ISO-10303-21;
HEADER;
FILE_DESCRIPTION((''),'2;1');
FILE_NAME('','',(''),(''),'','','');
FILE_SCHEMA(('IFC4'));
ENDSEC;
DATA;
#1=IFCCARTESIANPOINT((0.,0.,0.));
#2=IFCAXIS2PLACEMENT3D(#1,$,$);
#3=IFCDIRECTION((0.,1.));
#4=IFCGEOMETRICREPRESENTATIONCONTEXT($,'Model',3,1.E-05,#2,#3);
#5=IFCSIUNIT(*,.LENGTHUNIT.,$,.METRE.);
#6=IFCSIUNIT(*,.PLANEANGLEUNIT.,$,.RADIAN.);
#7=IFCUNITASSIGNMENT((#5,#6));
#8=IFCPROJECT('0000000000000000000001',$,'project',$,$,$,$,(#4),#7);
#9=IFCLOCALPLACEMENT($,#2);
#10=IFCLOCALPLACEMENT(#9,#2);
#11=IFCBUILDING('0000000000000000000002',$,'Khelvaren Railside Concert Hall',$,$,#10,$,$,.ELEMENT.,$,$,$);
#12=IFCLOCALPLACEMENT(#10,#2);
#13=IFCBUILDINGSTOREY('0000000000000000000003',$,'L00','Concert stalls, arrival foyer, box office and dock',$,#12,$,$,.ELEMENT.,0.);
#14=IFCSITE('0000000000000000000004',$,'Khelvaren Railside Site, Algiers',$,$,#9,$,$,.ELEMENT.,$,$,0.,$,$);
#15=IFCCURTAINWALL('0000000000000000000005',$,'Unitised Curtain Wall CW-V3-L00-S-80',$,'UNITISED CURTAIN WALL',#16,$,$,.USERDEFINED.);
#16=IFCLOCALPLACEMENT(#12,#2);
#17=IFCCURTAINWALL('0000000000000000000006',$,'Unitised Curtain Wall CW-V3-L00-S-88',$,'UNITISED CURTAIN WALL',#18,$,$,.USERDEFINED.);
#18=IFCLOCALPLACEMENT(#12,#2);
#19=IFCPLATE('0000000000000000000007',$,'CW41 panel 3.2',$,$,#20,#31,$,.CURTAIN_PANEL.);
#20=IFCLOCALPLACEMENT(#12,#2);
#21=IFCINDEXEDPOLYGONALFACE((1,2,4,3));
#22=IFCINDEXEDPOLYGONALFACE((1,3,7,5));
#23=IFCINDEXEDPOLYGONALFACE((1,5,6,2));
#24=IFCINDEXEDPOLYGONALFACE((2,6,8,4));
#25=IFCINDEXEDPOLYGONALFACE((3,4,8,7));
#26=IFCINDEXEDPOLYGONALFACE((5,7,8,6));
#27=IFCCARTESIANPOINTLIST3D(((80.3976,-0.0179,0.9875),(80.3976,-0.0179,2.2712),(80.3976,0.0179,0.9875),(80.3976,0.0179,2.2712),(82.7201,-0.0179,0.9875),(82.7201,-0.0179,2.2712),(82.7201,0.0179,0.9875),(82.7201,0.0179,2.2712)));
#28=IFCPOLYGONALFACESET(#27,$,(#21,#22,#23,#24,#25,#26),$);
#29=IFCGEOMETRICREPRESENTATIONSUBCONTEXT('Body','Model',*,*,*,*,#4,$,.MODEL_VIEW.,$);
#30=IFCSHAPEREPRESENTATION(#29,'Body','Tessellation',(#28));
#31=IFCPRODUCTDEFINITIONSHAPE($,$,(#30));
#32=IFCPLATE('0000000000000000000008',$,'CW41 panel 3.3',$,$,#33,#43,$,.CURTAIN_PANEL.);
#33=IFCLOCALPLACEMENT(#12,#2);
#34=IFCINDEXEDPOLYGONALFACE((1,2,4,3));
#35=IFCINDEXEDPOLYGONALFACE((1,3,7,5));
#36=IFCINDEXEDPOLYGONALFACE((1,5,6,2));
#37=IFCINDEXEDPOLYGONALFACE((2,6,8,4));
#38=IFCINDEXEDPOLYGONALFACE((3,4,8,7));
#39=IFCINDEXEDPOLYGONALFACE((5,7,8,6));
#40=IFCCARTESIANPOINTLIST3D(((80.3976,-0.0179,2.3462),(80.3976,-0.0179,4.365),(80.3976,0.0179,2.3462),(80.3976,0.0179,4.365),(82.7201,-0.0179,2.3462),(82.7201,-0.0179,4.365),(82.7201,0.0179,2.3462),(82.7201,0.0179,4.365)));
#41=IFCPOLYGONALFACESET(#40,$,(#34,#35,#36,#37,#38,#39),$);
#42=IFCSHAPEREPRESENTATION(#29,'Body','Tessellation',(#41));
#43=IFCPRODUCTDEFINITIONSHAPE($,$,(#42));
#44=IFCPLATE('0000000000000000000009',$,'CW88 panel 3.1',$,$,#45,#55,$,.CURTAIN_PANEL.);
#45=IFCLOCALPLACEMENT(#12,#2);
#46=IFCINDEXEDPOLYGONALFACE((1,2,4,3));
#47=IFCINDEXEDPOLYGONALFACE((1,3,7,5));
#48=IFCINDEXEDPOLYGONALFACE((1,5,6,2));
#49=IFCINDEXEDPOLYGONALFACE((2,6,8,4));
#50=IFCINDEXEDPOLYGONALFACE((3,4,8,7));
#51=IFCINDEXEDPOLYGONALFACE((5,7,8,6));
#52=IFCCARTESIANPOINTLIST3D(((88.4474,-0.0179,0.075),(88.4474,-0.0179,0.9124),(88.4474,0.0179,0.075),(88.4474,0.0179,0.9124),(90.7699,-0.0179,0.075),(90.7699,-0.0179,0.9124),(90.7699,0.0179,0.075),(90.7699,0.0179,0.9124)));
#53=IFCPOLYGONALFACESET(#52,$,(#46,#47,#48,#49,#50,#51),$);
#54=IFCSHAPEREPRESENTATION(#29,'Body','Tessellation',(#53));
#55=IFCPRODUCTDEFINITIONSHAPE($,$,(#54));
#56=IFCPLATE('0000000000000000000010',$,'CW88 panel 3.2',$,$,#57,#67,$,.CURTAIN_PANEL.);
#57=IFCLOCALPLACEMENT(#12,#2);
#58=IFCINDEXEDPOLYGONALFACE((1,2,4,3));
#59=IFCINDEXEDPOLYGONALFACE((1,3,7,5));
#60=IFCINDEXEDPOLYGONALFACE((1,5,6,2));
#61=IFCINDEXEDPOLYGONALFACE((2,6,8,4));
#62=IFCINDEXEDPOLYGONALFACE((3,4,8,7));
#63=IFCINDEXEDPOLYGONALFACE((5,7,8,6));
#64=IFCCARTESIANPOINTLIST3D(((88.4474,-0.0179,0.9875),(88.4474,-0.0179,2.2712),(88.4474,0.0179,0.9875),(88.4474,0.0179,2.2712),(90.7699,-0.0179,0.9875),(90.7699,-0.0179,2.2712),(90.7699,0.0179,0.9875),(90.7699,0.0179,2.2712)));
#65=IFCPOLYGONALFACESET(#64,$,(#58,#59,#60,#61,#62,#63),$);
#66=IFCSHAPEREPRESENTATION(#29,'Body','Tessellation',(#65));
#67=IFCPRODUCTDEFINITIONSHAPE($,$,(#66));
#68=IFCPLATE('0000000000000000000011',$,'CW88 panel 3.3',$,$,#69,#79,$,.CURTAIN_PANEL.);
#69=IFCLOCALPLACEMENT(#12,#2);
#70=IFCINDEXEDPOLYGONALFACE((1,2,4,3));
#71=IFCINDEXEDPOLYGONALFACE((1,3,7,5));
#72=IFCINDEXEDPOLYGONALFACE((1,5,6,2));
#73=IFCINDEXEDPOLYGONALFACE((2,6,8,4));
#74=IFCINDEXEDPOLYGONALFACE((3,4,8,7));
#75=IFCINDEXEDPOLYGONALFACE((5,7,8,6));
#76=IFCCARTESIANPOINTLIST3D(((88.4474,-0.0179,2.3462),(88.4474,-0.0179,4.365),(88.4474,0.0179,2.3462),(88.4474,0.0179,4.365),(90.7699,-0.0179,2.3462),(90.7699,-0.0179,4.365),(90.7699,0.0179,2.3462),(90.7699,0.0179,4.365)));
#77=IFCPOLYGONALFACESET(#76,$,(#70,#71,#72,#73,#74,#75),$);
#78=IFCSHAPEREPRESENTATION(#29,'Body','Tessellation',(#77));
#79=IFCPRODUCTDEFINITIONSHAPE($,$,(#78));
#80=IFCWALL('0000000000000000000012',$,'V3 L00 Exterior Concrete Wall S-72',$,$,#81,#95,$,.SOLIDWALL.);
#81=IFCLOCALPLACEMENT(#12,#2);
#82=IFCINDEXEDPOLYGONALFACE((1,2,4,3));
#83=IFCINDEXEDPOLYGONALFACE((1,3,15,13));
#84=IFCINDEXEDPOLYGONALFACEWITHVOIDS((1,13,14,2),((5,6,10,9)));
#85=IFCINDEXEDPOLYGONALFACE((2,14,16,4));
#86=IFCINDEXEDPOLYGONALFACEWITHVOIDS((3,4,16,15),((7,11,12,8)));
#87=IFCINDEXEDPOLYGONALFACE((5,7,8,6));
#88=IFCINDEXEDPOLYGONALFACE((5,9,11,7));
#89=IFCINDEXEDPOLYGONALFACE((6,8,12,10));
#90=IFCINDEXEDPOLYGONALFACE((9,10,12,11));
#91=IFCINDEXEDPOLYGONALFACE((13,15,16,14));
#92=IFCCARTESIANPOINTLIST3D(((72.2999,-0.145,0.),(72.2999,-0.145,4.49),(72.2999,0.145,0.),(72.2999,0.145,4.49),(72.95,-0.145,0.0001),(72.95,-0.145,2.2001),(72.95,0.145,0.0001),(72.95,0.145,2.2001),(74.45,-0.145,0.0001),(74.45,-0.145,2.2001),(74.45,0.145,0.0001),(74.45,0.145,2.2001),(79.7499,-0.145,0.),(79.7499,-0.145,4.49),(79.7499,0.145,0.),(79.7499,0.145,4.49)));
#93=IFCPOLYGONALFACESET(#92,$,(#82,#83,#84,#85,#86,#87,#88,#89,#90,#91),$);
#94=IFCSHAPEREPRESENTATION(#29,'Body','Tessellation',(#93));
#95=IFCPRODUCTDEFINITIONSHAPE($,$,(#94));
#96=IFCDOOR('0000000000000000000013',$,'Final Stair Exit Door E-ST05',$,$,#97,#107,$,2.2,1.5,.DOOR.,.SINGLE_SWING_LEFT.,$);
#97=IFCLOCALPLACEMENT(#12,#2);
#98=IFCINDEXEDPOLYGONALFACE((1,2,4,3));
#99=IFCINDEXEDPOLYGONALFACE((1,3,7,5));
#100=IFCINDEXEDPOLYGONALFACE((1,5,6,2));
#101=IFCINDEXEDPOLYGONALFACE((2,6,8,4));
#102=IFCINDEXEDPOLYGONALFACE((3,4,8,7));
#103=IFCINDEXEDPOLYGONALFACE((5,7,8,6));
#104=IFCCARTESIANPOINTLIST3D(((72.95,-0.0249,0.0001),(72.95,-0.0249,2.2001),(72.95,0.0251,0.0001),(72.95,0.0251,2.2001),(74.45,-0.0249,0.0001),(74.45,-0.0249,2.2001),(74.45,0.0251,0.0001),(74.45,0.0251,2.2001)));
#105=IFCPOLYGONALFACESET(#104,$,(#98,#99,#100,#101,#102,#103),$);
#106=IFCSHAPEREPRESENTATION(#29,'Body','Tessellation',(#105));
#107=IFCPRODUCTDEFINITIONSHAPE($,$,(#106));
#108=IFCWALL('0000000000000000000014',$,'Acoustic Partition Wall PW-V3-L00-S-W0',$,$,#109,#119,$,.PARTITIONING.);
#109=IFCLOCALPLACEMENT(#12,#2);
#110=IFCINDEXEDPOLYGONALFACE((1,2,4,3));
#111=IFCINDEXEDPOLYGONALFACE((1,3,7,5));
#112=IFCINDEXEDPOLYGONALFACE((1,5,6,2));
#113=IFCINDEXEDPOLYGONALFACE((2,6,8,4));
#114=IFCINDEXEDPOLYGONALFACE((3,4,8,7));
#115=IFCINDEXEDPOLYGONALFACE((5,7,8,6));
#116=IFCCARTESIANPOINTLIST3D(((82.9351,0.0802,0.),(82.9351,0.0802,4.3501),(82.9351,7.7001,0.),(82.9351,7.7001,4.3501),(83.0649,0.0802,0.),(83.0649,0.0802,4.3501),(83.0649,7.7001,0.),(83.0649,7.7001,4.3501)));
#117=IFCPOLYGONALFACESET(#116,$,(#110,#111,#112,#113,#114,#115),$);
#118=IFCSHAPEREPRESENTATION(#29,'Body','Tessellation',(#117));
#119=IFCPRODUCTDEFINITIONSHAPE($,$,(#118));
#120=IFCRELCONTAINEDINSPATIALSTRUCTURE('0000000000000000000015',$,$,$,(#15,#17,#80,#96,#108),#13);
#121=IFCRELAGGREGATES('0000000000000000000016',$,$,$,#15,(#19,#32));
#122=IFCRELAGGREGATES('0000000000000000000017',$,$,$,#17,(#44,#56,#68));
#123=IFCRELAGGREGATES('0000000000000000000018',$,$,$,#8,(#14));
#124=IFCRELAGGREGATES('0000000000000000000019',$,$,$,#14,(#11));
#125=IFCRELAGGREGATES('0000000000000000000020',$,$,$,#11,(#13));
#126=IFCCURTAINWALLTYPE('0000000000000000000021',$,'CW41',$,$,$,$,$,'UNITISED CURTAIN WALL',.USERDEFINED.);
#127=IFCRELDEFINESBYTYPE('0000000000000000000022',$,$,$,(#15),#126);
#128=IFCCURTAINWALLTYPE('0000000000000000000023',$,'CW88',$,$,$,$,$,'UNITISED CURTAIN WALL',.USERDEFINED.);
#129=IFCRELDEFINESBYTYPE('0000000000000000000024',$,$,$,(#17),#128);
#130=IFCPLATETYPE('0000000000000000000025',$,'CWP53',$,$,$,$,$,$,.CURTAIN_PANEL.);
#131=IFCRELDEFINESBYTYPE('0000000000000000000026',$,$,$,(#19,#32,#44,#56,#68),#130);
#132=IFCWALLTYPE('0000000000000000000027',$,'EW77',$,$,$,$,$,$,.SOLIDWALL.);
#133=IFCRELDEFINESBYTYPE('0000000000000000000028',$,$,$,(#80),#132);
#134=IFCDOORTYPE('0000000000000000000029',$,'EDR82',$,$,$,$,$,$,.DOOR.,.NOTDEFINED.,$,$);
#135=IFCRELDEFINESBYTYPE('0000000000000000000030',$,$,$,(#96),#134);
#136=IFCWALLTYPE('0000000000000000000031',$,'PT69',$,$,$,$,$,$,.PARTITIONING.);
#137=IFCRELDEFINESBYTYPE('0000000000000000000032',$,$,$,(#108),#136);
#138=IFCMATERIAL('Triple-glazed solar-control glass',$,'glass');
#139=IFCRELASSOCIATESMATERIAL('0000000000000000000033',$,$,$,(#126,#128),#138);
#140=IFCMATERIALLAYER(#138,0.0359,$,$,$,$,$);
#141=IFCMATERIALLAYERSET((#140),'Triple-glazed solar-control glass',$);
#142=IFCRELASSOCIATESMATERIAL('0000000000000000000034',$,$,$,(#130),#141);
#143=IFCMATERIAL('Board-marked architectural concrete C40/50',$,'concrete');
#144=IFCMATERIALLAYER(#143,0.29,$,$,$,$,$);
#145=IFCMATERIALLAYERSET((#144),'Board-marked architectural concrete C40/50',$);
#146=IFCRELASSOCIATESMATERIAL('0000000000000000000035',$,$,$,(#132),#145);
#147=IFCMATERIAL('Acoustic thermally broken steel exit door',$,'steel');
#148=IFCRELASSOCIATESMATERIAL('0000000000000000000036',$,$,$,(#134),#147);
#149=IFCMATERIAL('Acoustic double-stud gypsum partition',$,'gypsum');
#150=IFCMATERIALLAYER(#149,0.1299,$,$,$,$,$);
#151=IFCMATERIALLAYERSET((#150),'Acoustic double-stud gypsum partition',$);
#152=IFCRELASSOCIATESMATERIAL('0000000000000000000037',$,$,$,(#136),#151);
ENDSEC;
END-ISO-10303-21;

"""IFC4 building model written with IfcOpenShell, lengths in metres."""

from ifc_helpers import new_model, si_unit, direction, frame, frame_2d, origin, origin_2d, place, context, subcontext, project, spatial, rectangle, extrude, material, layer, layer_set, type_object, element, fill, aggregate, save


model = new_model("IFC4")

# Units and contexts
model_context = context("Model", 3, precision=1e-05, world=origin(), true_north=direction((0.0, 1.0)))
body_context = subcontext(model_context, "Body", "Model", "MODEL_VIEW")
ifc_project = project(units=[si_unit("LENGTHUNIT", "METRE"), si_unit("PLANEANGLEUNIT", "RADIAN")], contexts=[model_context])

# Site, building, storey
site_placement = place(None, origin())
site = spatial("IfcSite", under=ifc_project, at=site_placement, Name="Khelvaren Railside Site, Algiers", CompositionType="ELEMENT", RefElevation=0.0)
building_placement = place(site_placement, origin())
building = spatial("IfcBuilding", under=site, at=building_placement, Name="Khelvaren Railside Concert Hall", CompositionType="ELEMENT")
storey_placement = place(building_placement, origin())
storey = spatial("IfcBuildingStorey", under=building, at=storey_placement, Name="L00", Description="Concert stalls, arrival foyer, box office and dock", CompositionType="ELEMENT", Elevation=0.0)

# Curtain wall
ifc_material_1 = material(Name="Triple-glazed solar-control glass", Category="glass")
curtain_wall_type_1 = type_object("IfcCurtainWallType", Name="CW41", ElementType="UNITISED CURTAIN WALL", PredefinedType="USERDEFINED", material=ifc_material_1)
curtain_wall_1_placement = place(storey_placement, origin())
curtain_wall_1 = element("IfcCurtainWall", 1, at=curtain_wall_1_placement, inside=storey, type_object=curtain_wall_type_1, Name="Unitised Curtain Wall CW-V3-L00-S-80", ObjectType="UNITISED CURTAIN WALL", PredefinedType="USERDEFINED")

# Curtain wall
curtain_wall_type_2 = type_object("IfcCurtainWallType", Name="CW88", ElementType="UNITISED CURTAIN WALL", PredefinedType="USERDEFINED", material=ifc_material_1)
curtain_wall_2_placement = place(storey_placement, origin())
curtain_wall_2 = element("IfcCurtainWall", 2, at=curtain_wall_2_placement, inside=storey, type_object=curtain_wall_type_2, Name="Unitised Curtain Wall CW-V3-L00-S-88", ObjectType="UNITISED CURTAIN WALL", PredefinedType="USERDEFINED")

# Plates
ifc_layer_1 = layer(ifc_material_1, 0.0359)
ifc_layer_set_1 = layer_set([ifc_layer_1], Name="Triple-glazed solar-control glass")
plate_type = type_object("IfcPlateType", Name="CWP53", PredefinedType="CURTAIN_PANEL", material=ifc_layer_set_1)
plate_1_placement = place(storey_placement, frame((81.5588, 0.0, 0.9875), z_axis=(0.0, 0.0, 1.0), x_axis=(-1.0, 0.0, 0.0)))
plate_1 = element("IfcPlate", 3, at=plate_1_placement, type_object=plate_type, Name="CW41 panel 3.2", PredefinedType="CURTAIN_PANEL", context=body_context, shape_type="SweptSolid", body=[
    extrude(rectangle(XDim=2.3225, YDim=0.0359, at=origin_2d()), origin(), (0.0, 0.0, 1.0), 1.2837),
])
plate_2_placement = place(storey_placement, frame((81.5588, 0.0, 2.3462), z_axis=(0.0, 0.0, 1.0), x_axis=(-1.0, 0.0, 0.0)))
plate_2 = element("IfcPlate", 4, at=plate_2_placement, type_object=plate_type, Name="CW41 panel 3.3", PredefinedType="CURTAIN_PANEL", context=body_context, shape_type="SweptSolid", body=[
    extrude(rectangle(XDim=2.3225, YDim=0.0359, at=origin_2d()), origin(), (0.0, 0.0, 1.0), 2.0188),
])
aggregate(curtain_wall_1, [plate_1, plate_2])
plate_3_placement = place(storey_placement, frame((89.6086, 0.0, 0.075), z_axis=(0.0, 0.0, 1.0), x_axis=(-1.0, 0.0, 0.0)))
plate_3 = element("IfcPlate", 5, at=plate_3_placement, type_object=plate_type, Name="CW88 panel 3.1", PredefinedType="CURTAIN_PANEL", context=body_context, shape_type="SweptSolid", body=[
    extrude(rectangle(XDim=2.3225, YDim=0.0359, at=origin_2d()), origin(), (0.0, 0.0, 1.0), 0.8374),
])
plate_4_placement = place(storey_placement, frame((89.6086, 0.0, 0.9875), z_axis=(0.0, 0.0, 1.0), x_axis=(-1.0, 0.0, 0.0)))
plate_4 = element("IfcPlate", 6, at=plate_4_placement, type_object=plate_type, Name="CW88 panel 3.2", PredefinedType="CURTAIN_PANEL", context=body_context, shape_type="SweptSolid", body=[
    extrude(rectangle(XDim=2.3225, YDim=0.0359, at=origin_2d()), origin(), (0.0, 0.0, 1.0), 1.2837),
])
plate_5_placement = place(storey_placement, frame((89.6086, 0.0, 2.3462), z_axis=(0.0, 0.0, 1.0), x_axis=(-1.0, 0.0, 0.0)))
plate_5 = element("IfcPlate", 7, at=plate_5_placement, type_object=plate_type, Name="CW88 panel 3.3", PredefinedType="CURTAIN_PANEL", context=body_context, shape_type="SweptSolid", body=[
    extrude(rectangle(XDim=2.3225, YDim=0.0359, at=origin_2d()), origin(), (0.0, 0.0, 1.0), 2.0188),
])
aggregate(curtain_wall_2, [plate_3, plate_4, plate_5])

# Wall, opening, door
ifc_material_2 = material(Name="Board-marked architectural concrete C40/50", Category="concrete")
ifc_layer_2 = layer(ifc_material_2, 0.29)
ifc_layer_set_2 = layer_set([ifc_layer_2], Name="Board-marked architectural concrete C40/50")
wall_type_1 = type_object("IfcWallType", Name="EW77", PredefinedType="SOLIDWALL", material=ifc_layer_set_2)
wall_1_placement = place(storey_placement, frame((79.75, 0.0, 0.0), z_axis=(0.0, 0.0, 1.0), x_axis=(-1.0, 0.0, 0.0)))
wall_1 = element("IfcWall", 8, at=wall_1_placement, inside=storey, type_object=wall_type_1, Name="V3 L00 Exterior Concrete Wall S-72", PredefinedType="SOLIDWALL", context=body_context, shape_type="SweptSolid", body=[
    extrude(rectangle(XDim=7.45, YDim=0.29, at=frame_2d((3.7251, 0.0))), origin(), (0.0, 0.0, 1.0), 4.49),
])
opening_placement = place(wall_1_placement, frame((5.3, 0.0, 0.0)))
opening = element("IfcOpeningElement", 9, at=opening_placement, cuts=wall_1, PredefinedType="OPENING", context=body_context, shape_type="SweptSolid", body=[
    extrude(rectangle(XDim=1.5, YDim=2.2, at=frame_2d((0.75, 1.1001))), frame((0.0, 0.155, 0.0), z_axis=(0.0, -1.0, 0.0), x_axis=(1.0, 0.0, 0.0)), (0.0, 0.0, 1.0), 0.3101),
])
ifc_material_3 = material(Name="Acoustic thermally broken steel exit door", Category="steel")
door_type = type_object("IfcDoorType", Name="EDR82", OperationType="NOTDEFINED", PredefinedType="DOOR", material=ifc_material_3)
door_placement = place(opening_placement, origin())
door = element("IfcDoor", 10, at=door_placement, inside=storey, type_object=door_type, Name="Final Stair Exit Door E-ST05", OperationType="SINGLE_SWING_LEFT", OverallHeight=2.2, OverallWidth=1.5, PredefinedType="DOOR", context=body_context, shape_type="SweptSolid", body=[
    extrude(rectangle(XDim=1.5, YDim=2.2, at=frame_2d((0.75, 1.1001))), frame((0.0, 0.0249, 0.0), z_axis=(0.0, -1.0, 0.0), x_axis=(1.0, 0.0, 0.0)), (0.0, 0.0, 1.0), 0.05),
])
fill(opening, door)

# Wall
ifc_material_4 = material(Name="Acoustic double-stud gypsum partition", Category="gypsum")
ifc_layer_3 = layer(ifc_material_4, 0.1299)
ifc_layer_set_3 = layer_set([ifc_layer_3], Name="Acoustic double-stud gypsum partition")
wall_type_2 = type_object("IfcWallType", Name="PT69", PredefinedType="PARTITIONING", material=ifc_layer_set_3)
wall_2_placement = place(storey_placement, frame((83.0, 0.0801, 0.0), z_axis=(0.0, 0.0, 1.0), x_axis=(0.0, 1.0, 0.0)))
element("IfcWall", 11, at=wall_2_placement, inside=storey, type_object=wall_type_2, Name="Acoustic Partition Wall PW-V3-L00-S-W0", PredefinedType="PARTITIONING", context=body_context, shape_type="SweptSolid", body=[
    extrude(rectangle(XDim=7.6199, YDim=0.1299, at=frame_2d((3.8101, 0.0))), origin(), (0.0, 0.0, 1.0), 4.3501),
])

save(model, "model.ifc")
